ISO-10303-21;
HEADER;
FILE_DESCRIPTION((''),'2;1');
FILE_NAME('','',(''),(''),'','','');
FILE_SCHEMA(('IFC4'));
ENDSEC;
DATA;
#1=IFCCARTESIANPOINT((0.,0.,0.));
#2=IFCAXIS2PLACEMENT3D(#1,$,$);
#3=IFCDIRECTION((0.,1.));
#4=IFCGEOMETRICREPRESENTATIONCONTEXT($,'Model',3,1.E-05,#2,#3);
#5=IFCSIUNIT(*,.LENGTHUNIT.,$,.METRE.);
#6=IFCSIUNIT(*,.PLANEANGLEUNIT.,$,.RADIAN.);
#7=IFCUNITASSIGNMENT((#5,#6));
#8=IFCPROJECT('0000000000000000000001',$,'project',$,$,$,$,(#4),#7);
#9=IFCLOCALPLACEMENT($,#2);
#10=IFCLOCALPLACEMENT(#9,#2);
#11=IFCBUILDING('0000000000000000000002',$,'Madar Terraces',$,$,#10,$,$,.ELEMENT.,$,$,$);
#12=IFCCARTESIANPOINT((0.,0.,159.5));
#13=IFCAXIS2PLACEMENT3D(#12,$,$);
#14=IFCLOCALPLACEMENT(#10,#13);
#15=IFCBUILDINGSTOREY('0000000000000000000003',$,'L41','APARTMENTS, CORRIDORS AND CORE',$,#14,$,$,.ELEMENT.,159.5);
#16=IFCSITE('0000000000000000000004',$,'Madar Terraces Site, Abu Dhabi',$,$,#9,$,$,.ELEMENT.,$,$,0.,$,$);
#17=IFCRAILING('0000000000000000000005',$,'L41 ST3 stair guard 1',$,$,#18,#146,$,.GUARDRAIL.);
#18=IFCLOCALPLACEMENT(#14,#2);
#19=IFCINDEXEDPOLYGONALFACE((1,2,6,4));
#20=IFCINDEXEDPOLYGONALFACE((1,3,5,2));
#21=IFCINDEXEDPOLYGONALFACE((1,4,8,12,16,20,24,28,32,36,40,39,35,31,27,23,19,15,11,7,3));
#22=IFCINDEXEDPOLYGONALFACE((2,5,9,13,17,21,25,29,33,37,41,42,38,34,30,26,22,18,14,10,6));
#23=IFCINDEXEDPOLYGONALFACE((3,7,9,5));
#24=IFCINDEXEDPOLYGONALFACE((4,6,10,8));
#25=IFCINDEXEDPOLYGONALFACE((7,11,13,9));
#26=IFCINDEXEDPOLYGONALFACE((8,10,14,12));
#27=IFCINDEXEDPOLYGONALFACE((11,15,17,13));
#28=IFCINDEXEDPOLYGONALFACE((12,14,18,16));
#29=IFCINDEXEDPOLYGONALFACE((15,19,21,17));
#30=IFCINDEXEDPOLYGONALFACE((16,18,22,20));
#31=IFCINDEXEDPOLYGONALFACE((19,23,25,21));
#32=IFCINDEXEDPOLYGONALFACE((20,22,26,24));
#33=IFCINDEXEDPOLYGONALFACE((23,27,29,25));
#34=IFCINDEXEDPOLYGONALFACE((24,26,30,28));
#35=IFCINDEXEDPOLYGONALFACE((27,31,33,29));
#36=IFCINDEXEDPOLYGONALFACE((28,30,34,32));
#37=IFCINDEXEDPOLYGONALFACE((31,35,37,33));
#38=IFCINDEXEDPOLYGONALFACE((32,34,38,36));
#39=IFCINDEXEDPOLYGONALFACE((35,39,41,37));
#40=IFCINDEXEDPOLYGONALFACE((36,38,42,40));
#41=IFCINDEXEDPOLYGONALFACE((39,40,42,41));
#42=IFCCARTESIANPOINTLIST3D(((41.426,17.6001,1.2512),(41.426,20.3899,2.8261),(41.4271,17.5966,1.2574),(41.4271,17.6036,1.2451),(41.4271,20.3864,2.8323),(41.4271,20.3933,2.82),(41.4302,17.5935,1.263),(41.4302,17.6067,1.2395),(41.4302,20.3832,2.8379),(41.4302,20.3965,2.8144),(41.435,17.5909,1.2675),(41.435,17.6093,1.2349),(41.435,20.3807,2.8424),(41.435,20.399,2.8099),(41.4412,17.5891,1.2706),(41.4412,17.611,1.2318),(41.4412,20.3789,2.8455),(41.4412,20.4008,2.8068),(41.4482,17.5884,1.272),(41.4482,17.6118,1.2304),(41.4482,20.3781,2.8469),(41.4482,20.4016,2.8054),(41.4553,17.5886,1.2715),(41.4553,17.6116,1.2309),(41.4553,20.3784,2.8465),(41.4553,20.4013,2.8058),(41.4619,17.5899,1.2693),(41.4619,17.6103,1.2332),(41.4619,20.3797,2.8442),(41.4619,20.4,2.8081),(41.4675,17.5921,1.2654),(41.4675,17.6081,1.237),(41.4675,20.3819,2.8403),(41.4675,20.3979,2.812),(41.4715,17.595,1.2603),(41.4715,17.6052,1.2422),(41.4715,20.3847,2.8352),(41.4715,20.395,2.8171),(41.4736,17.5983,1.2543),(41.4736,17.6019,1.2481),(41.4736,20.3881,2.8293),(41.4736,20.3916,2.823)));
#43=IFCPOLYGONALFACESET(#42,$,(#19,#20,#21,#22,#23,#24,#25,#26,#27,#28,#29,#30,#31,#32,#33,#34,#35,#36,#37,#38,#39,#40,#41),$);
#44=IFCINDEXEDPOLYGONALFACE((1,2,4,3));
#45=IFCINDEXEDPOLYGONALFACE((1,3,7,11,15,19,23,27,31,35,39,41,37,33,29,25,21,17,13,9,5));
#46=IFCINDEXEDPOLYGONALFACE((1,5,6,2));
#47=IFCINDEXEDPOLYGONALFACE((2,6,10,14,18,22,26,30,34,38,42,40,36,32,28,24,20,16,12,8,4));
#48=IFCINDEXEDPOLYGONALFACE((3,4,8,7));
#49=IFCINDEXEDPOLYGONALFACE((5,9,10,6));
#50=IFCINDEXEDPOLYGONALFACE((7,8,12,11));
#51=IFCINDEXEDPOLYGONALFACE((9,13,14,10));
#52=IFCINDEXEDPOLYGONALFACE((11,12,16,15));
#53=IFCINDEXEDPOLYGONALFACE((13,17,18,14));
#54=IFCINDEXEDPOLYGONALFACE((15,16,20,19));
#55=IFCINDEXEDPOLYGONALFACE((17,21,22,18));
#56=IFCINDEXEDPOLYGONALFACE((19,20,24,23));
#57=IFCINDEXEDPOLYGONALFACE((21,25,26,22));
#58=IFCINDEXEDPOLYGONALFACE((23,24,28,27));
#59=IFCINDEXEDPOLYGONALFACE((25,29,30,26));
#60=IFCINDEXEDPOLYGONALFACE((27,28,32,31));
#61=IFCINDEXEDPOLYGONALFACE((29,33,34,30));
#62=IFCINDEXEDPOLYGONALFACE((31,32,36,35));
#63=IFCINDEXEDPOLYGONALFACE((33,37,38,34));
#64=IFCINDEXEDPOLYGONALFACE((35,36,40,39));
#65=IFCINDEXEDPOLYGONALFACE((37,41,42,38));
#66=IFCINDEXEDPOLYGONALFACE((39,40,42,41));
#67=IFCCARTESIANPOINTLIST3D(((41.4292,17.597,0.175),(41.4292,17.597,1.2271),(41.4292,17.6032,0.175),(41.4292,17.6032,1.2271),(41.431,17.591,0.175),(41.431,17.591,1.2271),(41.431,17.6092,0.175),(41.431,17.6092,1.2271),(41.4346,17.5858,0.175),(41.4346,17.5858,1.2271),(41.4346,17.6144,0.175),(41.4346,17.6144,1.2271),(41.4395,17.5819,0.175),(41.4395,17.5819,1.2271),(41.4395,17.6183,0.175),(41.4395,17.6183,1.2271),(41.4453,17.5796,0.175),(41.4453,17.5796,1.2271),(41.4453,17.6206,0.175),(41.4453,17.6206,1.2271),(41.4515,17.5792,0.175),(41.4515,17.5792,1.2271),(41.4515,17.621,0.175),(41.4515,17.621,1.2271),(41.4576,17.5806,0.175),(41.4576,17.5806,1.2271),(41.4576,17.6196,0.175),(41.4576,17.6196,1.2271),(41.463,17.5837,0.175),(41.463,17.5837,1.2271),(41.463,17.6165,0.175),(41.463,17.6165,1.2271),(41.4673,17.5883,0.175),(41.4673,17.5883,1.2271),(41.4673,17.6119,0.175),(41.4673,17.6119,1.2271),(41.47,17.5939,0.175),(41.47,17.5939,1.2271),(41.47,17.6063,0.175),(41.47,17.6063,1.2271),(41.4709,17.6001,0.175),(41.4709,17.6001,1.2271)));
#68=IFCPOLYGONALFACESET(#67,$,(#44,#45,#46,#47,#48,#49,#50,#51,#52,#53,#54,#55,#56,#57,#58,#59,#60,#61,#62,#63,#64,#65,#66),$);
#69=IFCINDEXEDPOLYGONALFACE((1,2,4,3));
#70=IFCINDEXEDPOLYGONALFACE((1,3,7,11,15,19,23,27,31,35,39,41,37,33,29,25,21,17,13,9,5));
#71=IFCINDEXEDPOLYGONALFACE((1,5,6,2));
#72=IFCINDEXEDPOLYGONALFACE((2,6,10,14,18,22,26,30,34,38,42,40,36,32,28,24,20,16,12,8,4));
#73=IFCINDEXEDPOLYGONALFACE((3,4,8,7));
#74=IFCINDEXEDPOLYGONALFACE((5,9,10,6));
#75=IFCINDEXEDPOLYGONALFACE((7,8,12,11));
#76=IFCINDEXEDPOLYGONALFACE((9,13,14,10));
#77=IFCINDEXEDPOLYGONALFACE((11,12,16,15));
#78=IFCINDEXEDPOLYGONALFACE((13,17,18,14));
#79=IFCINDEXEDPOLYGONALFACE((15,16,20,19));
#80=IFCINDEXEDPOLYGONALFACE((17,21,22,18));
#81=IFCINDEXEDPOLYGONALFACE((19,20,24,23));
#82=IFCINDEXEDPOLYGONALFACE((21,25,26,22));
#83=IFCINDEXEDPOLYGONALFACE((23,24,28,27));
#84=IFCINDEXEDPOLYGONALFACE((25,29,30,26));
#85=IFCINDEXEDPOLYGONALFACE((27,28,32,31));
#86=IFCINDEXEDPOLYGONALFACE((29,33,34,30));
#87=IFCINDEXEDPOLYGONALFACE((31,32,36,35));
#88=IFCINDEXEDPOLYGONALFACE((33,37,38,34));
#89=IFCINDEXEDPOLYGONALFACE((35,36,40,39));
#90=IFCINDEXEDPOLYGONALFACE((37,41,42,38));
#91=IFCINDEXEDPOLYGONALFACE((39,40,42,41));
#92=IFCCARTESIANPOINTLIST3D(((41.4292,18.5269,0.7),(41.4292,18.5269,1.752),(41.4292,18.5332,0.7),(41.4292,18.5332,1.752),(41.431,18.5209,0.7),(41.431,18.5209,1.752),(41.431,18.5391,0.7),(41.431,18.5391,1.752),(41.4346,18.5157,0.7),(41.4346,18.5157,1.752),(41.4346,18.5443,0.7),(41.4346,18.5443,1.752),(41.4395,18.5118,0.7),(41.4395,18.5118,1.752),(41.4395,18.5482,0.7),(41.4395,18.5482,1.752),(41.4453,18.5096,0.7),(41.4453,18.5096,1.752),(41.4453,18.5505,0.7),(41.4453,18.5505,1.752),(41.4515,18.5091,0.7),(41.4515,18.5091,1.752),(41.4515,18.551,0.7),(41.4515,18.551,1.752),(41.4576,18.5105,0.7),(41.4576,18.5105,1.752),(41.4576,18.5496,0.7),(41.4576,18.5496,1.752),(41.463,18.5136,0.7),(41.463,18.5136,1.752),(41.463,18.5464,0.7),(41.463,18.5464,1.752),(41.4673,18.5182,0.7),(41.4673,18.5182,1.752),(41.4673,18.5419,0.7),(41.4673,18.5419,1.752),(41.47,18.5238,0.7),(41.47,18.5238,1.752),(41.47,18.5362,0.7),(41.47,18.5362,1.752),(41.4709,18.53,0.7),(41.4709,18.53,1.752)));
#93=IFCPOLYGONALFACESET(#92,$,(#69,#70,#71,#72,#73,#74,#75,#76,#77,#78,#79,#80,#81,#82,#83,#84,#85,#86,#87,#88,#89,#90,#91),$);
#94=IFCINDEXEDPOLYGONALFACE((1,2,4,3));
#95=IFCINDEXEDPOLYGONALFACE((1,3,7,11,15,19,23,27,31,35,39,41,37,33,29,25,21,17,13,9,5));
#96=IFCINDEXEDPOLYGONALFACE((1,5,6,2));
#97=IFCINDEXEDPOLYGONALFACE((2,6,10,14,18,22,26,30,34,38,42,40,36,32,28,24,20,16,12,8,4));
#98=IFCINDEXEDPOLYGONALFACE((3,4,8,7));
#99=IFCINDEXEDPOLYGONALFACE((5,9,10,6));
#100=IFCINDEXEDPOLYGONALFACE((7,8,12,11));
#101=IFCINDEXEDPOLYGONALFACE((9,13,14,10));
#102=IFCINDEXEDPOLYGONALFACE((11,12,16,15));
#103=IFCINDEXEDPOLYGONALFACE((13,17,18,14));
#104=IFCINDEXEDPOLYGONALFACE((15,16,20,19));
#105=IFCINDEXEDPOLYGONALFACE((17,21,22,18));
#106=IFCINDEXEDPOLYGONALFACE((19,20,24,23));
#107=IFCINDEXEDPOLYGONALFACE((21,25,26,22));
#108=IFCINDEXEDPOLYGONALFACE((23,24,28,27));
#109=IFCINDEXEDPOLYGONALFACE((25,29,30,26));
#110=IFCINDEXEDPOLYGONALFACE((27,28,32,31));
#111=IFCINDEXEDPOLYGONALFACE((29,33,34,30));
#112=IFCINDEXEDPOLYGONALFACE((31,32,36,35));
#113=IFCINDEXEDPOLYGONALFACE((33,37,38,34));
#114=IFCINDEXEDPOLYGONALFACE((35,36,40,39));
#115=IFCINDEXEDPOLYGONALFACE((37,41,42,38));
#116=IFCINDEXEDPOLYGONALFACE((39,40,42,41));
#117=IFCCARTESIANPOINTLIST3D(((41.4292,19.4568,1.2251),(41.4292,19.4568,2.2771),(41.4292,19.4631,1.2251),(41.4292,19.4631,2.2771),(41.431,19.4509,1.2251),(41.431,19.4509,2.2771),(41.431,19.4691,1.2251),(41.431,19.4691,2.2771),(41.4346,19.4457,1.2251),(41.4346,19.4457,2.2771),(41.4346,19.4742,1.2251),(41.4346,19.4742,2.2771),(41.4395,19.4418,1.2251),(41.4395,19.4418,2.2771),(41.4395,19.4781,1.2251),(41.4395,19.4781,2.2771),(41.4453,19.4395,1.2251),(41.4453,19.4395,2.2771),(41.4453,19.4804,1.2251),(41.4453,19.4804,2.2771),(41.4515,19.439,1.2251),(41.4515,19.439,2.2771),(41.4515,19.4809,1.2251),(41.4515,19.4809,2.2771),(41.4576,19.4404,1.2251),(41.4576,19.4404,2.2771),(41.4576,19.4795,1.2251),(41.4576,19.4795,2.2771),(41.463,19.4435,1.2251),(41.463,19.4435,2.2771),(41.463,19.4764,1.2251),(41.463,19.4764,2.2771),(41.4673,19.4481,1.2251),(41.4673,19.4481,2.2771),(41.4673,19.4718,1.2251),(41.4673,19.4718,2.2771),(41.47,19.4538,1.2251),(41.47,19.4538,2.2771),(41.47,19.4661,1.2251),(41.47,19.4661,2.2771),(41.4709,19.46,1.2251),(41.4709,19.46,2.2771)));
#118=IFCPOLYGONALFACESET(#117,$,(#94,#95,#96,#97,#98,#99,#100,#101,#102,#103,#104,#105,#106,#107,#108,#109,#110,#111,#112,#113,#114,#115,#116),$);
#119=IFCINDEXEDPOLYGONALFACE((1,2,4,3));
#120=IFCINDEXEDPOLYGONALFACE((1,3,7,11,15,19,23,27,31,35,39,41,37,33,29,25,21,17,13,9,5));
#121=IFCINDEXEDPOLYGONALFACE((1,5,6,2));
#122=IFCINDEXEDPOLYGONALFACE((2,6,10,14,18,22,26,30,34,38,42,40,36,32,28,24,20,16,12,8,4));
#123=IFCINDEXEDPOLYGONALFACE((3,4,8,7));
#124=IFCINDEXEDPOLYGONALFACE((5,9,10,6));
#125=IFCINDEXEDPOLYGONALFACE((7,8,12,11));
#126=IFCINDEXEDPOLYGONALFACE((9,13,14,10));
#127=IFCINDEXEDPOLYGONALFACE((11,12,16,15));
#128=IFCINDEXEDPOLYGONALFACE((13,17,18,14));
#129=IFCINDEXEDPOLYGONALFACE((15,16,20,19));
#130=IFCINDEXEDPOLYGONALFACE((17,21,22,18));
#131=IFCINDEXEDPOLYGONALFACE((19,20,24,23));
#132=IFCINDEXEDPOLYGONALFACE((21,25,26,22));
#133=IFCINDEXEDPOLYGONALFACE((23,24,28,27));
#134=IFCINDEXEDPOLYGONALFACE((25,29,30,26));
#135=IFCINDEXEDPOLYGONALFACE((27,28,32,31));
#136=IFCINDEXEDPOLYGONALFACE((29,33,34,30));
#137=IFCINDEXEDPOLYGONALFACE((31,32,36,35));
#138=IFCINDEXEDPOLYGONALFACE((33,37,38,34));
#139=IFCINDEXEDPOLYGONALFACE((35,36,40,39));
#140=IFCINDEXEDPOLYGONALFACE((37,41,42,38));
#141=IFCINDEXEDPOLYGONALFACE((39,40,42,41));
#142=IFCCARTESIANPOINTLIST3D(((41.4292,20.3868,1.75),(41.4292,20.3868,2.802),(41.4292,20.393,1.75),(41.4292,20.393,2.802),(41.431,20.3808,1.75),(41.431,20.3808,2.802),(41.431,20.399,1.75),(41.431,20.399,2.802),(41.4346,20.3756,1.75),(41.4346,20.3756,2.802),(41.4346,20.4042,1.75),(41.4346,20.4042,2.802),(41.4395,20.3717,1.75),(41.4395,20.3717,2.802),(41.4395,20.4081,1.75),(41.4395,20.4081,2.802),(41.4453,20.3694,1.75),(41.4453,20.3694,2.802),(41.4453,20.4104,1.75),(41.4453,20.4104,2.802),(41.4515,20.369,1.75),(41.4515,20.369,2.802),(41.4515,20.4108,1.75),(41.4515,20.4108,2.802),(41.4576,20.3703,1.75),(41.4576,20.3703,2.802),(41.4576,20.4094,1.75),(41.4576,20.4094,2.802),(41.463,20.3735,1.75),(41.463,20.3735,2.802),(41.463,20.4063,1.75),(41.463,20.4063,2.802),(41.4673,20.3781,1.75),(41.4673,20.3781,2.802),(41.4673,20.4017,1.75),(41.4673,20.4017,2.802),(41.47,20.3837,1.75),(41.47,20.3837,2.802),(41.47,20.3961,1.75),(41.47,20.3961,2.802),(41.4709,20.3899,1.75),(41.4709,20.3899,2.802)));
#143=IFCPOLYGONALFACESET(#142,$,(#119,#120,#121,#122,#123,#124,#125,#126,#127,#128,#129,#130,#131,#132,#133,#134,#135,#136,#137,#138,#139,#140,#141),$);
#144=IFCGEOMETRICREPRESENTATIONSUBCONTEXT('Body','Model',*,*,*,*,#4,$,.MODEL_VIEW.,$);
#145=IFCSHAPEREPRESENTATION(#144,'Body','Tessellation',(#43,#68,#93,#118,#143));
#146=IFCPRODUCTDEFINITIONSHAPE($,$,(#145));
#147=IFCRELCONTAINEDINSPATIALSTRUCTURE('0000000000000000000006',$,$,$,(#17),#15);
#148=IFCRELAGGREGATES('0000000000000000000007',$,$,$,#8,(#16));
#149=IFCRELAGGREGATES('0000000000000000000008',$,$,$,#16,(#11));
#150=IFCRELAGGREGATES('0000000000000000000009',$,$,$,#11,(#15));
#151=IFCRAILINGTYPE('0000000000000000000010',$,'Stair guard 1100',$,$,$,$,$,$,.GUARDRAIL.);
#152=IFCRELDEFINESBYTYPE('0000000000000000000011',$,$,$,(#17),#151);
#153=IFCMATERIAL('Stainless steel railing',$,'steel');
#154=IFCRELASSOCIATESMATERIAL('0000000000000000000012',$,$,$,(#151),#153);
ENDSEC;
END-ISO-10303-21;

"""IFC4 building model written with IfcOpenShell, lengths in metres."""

from ifc_helpers import new_model, si_unit, direction, frame, origin, origin_2d, place, context, subcontext, project, spatial, circle, extrude, material, type_object, element, save


model = new_model("IFC4")

# Units and contexts
model_context = context("Model", 3, precision=1e-05, world=origin(), true_north=direction((0.0, 1.0)))
body_context = subcontext(model_context, "Body", "Model", "MODEL_VIEW")
ifc_project = project(units=[si_unit("LENGTHUNIT", "METRE"), si_unit("PLANEANGLEUNIT", "RADIAN")], contexts=[model_context])

# Site, building, storey
site_placement = place(None, origin())
site = spatial("IfcSite", under=ifc_project, at=site_placement, Name="Madar Terraces Site, Abu Dhabi", CompositionType="ELEMENT", RefElevation=0.0)
building_placement = place(site_placement, origin())
building = spatial("IfcBuilding", under=site, at=building_placement, Name="Madar Terraces", CompositionType="ELEMENT")
storey_placement = place(building_placement, frame((0.0, 0.0, 159.5)))
storey = spatial("IfcBuildingStorey", under=building, at=storey_placement, Name="L41", Description="APARTMENTS, CORRIDORS AND CORE", CompositionType="ELEMENT", Elevation=159.5)

# Railing
ifc_material_1 = material(Name="Stainless steel railing", Category="steel")
railing_type_1 = type_object("IfcRailingType", Name="Stair guard 1100", PredefinedType="GUARDRAIL", material=ifc_material_1)
railing_1_placement = place(storey_placement, frame((41.45, 17.6001, 0.175)))
element("IfcRailing", 1, at=railing_1_placement, inside=storey, type_object=railing_type_1, Name="L41 ST3 stair guard 1", PredefinedType="GUARDRAIL", context=body_context, shape_type="SweptSolid", body=[
    extrude(circle(Radius=0.0239, at=origin_2d()), frame((0.0, 0.0, 1.0762), z_axis=(0.0, 0.870815, 0.49161), x_axis=(-1.0, 0.0, 0.0)), (0.0, 0.0, 1.0), 3.2036),
    extrude(circle(Radius=0.021, at=origin_2d()), origin(), (0.0, 0.0, 1.0), 1.052),
    extrude(circle(Radius=0.021, at=origin_2d()), frame((0.0, 0.9299, 0.5249)), (0.0, 0.0, 1.0), 1.052),
    extrude(circle(Radius=0.021, at=origin_2d()), frame((0.0, 1.8599, 1.05)), (0.0, 0.0, 1.0), 1.052),
    extrude(circle(Radius=0.021, at=origin_2d()), frame((0.0, 2.7898, 1.575)), (0.0, 0.0, 1.0), 1.052),
])

save(model, "model.ifc")
